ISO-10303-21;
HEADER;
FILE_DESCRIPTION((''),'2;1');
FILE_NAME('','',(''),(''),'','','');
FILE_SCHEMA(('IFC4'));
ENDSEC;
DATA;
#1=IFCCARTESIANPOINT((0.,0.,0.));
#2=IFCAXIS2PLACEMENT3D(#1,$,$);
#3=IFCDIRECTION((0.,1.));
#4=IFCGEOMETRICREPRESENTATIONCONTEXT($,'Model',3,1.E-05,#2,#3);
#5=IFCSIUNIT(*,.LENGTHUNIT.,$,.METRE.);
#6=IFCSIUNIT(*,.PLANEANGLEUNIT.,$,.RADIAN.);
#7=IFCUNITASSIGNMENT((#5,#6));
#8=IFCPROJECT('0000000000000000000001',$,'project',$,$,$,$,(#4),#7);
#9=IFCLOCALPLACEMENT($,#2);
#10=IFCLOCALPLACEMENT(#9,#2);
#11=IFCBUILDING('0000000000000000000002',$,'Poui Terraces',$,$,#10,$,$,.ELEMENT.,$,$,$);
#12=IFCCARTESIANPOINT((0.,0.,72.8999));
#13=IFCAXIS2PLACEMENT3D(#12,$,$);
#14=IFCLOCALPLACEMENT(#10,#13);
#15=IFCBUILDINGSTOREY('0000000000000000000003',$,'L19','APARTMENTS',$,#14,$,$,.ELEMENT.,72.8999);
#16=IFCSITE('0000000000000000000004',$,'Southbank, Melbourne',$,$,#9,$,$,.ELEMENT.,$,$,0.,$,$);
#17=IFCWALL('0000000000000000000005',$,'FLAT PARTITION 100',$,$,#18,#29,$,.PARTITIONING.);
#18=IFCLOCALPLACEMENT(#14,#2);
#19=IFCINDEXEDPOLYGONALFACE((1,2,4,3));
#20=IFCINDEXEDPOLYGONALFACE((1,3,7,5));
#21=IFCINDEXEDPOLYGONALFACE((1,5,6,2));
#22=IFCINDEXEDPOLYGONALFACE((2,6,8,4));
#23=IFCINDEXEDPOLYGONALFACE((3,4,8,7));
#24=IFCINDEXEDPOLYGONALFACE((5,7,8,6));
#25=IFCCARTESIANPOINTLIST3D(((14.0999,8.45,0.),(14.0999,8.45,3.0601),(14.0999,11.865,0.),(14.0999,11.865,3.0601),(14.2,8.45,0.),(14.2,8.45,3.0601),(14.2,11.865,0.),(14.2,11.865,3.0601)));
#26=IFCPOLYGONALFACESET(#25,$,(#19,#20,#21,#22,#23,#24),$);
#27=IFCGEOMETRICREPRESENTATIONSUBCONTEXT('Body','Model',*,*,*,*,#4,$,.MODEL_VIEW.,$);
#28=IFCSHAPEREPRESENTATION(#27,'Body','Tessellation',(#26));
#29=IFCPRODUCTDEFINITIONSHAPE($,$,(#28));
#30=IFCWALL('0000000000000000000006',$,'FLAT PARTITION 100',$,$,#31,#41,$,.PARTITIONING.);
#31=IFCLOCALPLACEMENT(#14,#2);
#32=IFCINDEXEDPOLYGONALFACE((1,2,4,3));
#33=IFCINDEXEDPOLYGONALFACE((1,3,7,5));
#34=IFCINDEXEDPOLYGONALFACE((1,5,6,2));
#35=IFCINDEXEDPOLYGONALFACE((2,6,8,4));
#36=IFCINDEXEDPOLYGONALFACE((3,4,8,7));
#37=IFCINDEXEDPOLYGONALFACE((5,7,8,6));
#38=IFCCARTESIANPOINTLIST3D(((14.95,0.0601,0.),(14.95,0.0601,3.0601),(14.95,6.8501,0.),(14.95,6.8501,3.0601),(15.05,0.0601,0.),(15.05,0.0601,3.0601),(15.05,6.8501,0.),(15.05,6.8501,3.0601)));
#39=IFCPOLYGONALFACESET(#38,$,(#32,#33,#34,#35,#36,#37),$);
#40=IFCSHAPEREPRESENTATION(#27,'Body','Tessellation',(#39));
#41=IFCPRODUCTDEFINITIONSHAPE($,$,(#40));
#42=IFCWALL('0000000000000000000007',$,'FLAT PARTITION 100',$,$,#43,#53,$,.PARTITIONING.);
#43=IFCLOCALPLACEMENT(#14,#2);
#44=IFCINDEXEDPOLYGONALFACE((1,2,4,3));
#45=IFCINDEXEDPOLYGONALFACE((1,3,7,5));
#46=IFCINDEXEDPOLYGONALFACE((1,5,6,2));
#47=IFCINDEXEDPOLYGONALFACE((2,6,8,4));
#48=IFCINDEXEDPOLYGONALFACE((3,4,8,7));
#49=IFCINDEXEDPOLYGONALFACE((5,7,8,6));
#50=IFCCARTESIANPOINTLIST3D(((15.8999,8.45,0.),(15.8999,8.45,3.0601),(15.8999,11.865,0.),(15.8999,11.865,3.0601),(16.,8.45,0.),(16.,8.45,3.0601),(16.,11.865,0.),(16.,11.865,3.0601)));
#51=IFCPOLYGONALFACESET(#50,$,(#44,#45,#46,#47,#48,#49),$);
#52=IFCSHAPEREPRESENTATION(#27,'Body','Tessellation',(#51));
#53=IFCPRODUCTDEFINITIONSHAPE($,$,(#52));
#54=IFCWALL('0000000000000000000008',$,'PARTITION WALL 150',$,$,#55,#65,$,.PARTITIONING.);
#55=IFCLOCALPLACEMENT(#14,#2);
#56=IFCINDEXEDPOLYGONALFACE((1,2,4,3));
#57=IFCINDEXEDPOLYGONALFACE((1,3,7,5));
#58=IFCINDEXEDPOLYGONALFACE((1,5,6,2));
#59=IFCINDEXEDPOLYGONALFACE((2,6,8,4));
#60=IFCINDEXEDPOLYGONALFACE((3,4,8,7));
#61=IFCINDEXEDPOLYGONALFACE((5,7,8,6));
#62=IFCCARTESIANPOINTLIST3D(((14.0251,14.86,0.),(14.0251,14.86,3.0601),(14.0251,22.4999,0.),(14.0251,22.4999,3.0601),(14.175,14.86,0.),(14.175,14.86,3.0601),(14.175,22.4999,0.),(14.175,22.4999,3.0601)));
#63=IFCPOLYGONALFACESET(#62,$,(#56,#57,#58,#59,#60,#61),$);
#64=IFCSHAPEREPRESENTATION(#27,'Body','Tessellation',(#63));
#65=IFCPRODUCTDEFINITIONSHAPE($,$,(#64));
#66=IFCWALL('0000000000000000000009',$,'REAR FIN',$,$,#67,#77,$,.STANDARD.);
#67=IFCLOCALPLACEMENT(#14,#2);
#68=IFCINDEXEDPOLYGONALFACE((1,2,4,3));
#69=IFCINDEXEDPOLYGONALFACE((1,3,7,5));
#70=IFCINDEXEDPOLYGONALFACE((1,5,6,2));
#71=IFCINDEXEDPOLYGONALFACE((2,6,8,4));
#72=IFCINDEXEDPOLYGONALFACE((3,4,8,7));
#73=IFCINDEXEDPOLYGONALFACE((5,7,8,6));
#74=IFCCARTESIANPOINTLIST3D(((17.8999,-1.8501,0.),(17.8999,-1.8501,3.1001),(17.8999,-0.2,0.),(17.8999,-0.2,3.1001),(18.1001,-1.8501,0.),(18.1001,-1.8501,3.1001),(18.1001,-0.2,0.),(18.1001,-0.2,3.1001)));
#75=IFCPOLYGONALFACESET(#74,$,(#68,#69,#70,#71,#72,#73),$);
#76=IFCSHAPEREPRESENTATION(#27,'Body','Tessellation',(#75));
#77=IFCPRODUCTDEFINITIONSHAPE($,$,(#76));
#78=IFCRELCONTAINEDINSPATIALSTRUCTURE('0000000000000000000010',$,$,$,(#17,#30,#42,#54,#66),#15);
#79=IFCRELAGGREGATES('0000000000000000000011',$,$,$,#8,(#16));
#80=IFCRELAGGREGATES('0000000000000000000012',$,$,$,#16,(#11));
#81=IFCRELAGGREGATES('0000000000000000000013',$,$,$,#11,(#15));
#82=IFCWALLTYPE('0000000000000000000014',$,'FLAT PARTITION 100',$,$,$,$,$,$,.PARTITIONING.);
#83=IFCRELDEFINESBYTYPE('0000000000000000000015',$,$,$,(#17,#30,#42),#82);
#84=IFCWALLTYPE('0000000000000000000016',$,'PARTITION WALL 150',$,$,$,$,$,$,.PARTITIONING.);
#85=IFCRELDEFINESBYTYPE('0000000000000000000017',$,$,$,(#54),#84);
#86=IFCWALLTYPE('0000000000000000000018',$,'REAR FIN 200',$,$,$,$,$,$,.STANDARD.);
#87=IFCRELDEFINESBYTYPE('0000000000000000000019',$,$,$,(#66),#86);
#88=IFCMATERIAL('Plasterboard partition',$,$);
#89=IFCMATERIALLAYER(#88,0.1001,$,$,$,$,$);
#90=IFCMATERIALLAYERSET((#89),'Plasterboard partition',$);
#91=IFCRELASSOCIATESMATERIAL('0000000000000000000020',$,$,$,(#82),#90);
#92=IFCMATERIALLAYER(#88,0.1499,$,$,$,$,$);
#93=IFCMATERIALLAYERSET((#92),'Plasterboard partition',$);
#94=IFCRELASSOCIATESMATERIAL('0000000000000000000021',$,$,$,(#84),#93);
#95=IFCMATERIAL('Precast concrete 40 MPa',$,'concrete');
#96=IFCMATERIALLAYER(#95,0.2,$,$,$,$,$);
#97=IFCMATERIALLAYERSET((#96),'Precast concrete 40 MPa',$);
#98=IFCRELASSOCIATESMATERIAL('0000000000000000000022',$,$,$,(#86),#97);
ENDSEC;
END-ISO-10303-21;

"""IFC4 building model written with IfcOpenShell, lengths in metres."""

from ifc_helpers import new_model, si_unit, direction, frame, frame_2d, origin, place, context, subcontext, project, spatial, polyline, rectangle, outline, extrude, source, transform, mapped, material, layer, layer_set, type_object, element, save


model = new_model("IFC4")

# Units and contexts
model_context = context("Model", 3, precision=1e-05, world=origin(), true_north=direction((0.0, 1.0)))
body_context = subcontext(model_context, "Body", "Model", "MODEL_VIEW")
ifc_project = project(units=[si_unit("LENGTHUNIT", "METRE"), si_unit("PLANEANGLEUNIT", "RADIAN")], contexts=[model_context])

# Site, building, storey
site_placement = place(None, origin())
site = spatial("IfcSite", under=ifc_project, at=site_placement, Name="Southbank, Melbourne", CompositionType="ELEMENT", RefElevation=0.0)
building_placement = place(site_placement, origin())
building = spatial("IfcBuilding", under=site, at=building_placement, Name="Poui Terraces", CompositionType="ELEMENT")
storey_placement = place(building_placement, frame((0.0, 0.0, 72.8999)))
storey = spatial("IfcBuildingStorey", under=building, at=storey_placement, Name="L19", Description="APARTMENTS", CompositionType="ELEMENT", Elevation=72.8999)

# Shared definitions
ifc_material_1 = material(Name="Precast concrete 40 MPa", Category="concrete")

# Shared definitions
ifc_material_2 = material(Name="Plasterboard partition")
ifc_layer_1 = layer(ifc_material_2, 0.1001)
ifc_layer_set_1 = layer_set([ifc_layer_1], Name="Plasterboard partition")
wall_type_1 = type_object("IfcWallType", Name="FLAT PARTITION 100", PredefinedType="PARTITIONING", material=ifc_layer_set_1)

# Walls
wall_1_placement = place(storey_placement, frame((14.1499, 8.45, 0.0), z_axis=(0.0, 0.0, 1.0), x_axis=(0.0, 1.0, 0.0)))
element("IfcWall", 1, at=wall_1_placement, inside=storey, type_object=wall_type_1, Name="FLAT PARTITION 100", PredefinedType="PARTITIONING", context=body_context, shape_type="SweptSolid", body=[
    extrude(rectangle(XDim=3.415, YDim=0.1001, at=frame_2d((1.7075, 0.0))), origin(), (0.0, 0.0, 1.0), 3.0601),
])
wall_2_placement = place(storey_placement, frame((15.0, 0.0601, 0.0), z_axis=(0.0, 0.0, 1.0), x_axis=(0.0, 1.0, 0.0)))
element("IfcWall", 2, at=wall_2_placement, inside=storey, type_object=wall_type_1, Name="FLAT PARTITION 100", PredefinedType="PARTITIONING", context=body_context, shape_type="SweptSolid", body=[
    extrude(rectangle(XDim=6.79, YDim=0.1001, at=frame_2d((3.395, 0.0))), origin(), (0.0, 0.0, 1.0), 3.0601),
])
wall_3_placement = place(storey_placement, frame((15.95, 8.45, 0.0), z_axis=(0.0, 0.0, 1.0), x_axis=(0.0, 1.0, 0.0)))
element("IfcWall", 3, at=wall_3_placement, inside=storey, type_object=wall_type_1, Name="FLAT PARTITION 100", PredefinedType="PARTITIONING", context=body_context, shape_type="SweptSolid", body=[
    extrude(rectangle(XDim=3.415, YDim=0.1001, at=frame_2d((1.7075, 0.0))), origin(), (0.0, 0.0, 1.0), 3.0601),
])
ifc_layer_2 = layer(ifc_material_2, 0.1499)
ifc_layer_set_2 = layer_set([ifc_layer_2], Name="Plasterboard partition")
wall_type_2 = type_object("IfcWallType", Name="PARTITION WALL 150", PredefinedType="PARTITIONING", material=ifc_layer_set_2)
wall_4_placement = place(storey_placement, frame((14.1001, 14.8601, 0.0), z_axis=(0.0, 0.0, 1.0), x_axis=(0.0, 1.0, 0.0)))
element("IfcWall", 4, at=wall_4_placement, inside=storey, type_object=wall_type_2, Name="PARTITION WALL 150", PredefinedType="PARTITIONING", context=body_context, shape_type="SweptSolid", body=[
    extrude(rectangle(XDim=7.6399, YDim=0.1499, at=frame_2d((3.8198, 0.0))), origin(), (0.0, 0.0, 1.0), 3.0601),
])
ifc_layer_3 = layer(ifc_material_1, 0.2)
ifc_layer_set_3 = layer_set([ifc_layer_3], Name="Precast concrete 40 MPa")
wall_type_3 = type_object("IfcWallType", Name="REAR FIN 200", PredefinedType="STANDARD", material=ifc_layer_set_3)
shared_shape_1 = source(origin(), body_context, "Body", "SweptSolid", [
    extrude(outline(polyline([(0.0, 0.0), (0.2002, 0.0), (0.2002, 1.6501), (0.0, 1.6501), (0.0, 0.0)])), origin(), (0.0, 0.0, 1.0), 3.1001),
])
wall_5_placement = place(storey_placement, frame((17.8999, -1.8501, 0.0)))
element("IfcWall", 5, at=wall_5_placement, inside=storey, type_object=wall_type_3, Name="REAR FIN", PredefinedType="STANDARD", context=body_context, shape_type="MappedRepresentation", body=[
    mapped(shared_shape_1, transform((0.0, 0.0, 0.0))),
])

save(model, "model.ifc")
